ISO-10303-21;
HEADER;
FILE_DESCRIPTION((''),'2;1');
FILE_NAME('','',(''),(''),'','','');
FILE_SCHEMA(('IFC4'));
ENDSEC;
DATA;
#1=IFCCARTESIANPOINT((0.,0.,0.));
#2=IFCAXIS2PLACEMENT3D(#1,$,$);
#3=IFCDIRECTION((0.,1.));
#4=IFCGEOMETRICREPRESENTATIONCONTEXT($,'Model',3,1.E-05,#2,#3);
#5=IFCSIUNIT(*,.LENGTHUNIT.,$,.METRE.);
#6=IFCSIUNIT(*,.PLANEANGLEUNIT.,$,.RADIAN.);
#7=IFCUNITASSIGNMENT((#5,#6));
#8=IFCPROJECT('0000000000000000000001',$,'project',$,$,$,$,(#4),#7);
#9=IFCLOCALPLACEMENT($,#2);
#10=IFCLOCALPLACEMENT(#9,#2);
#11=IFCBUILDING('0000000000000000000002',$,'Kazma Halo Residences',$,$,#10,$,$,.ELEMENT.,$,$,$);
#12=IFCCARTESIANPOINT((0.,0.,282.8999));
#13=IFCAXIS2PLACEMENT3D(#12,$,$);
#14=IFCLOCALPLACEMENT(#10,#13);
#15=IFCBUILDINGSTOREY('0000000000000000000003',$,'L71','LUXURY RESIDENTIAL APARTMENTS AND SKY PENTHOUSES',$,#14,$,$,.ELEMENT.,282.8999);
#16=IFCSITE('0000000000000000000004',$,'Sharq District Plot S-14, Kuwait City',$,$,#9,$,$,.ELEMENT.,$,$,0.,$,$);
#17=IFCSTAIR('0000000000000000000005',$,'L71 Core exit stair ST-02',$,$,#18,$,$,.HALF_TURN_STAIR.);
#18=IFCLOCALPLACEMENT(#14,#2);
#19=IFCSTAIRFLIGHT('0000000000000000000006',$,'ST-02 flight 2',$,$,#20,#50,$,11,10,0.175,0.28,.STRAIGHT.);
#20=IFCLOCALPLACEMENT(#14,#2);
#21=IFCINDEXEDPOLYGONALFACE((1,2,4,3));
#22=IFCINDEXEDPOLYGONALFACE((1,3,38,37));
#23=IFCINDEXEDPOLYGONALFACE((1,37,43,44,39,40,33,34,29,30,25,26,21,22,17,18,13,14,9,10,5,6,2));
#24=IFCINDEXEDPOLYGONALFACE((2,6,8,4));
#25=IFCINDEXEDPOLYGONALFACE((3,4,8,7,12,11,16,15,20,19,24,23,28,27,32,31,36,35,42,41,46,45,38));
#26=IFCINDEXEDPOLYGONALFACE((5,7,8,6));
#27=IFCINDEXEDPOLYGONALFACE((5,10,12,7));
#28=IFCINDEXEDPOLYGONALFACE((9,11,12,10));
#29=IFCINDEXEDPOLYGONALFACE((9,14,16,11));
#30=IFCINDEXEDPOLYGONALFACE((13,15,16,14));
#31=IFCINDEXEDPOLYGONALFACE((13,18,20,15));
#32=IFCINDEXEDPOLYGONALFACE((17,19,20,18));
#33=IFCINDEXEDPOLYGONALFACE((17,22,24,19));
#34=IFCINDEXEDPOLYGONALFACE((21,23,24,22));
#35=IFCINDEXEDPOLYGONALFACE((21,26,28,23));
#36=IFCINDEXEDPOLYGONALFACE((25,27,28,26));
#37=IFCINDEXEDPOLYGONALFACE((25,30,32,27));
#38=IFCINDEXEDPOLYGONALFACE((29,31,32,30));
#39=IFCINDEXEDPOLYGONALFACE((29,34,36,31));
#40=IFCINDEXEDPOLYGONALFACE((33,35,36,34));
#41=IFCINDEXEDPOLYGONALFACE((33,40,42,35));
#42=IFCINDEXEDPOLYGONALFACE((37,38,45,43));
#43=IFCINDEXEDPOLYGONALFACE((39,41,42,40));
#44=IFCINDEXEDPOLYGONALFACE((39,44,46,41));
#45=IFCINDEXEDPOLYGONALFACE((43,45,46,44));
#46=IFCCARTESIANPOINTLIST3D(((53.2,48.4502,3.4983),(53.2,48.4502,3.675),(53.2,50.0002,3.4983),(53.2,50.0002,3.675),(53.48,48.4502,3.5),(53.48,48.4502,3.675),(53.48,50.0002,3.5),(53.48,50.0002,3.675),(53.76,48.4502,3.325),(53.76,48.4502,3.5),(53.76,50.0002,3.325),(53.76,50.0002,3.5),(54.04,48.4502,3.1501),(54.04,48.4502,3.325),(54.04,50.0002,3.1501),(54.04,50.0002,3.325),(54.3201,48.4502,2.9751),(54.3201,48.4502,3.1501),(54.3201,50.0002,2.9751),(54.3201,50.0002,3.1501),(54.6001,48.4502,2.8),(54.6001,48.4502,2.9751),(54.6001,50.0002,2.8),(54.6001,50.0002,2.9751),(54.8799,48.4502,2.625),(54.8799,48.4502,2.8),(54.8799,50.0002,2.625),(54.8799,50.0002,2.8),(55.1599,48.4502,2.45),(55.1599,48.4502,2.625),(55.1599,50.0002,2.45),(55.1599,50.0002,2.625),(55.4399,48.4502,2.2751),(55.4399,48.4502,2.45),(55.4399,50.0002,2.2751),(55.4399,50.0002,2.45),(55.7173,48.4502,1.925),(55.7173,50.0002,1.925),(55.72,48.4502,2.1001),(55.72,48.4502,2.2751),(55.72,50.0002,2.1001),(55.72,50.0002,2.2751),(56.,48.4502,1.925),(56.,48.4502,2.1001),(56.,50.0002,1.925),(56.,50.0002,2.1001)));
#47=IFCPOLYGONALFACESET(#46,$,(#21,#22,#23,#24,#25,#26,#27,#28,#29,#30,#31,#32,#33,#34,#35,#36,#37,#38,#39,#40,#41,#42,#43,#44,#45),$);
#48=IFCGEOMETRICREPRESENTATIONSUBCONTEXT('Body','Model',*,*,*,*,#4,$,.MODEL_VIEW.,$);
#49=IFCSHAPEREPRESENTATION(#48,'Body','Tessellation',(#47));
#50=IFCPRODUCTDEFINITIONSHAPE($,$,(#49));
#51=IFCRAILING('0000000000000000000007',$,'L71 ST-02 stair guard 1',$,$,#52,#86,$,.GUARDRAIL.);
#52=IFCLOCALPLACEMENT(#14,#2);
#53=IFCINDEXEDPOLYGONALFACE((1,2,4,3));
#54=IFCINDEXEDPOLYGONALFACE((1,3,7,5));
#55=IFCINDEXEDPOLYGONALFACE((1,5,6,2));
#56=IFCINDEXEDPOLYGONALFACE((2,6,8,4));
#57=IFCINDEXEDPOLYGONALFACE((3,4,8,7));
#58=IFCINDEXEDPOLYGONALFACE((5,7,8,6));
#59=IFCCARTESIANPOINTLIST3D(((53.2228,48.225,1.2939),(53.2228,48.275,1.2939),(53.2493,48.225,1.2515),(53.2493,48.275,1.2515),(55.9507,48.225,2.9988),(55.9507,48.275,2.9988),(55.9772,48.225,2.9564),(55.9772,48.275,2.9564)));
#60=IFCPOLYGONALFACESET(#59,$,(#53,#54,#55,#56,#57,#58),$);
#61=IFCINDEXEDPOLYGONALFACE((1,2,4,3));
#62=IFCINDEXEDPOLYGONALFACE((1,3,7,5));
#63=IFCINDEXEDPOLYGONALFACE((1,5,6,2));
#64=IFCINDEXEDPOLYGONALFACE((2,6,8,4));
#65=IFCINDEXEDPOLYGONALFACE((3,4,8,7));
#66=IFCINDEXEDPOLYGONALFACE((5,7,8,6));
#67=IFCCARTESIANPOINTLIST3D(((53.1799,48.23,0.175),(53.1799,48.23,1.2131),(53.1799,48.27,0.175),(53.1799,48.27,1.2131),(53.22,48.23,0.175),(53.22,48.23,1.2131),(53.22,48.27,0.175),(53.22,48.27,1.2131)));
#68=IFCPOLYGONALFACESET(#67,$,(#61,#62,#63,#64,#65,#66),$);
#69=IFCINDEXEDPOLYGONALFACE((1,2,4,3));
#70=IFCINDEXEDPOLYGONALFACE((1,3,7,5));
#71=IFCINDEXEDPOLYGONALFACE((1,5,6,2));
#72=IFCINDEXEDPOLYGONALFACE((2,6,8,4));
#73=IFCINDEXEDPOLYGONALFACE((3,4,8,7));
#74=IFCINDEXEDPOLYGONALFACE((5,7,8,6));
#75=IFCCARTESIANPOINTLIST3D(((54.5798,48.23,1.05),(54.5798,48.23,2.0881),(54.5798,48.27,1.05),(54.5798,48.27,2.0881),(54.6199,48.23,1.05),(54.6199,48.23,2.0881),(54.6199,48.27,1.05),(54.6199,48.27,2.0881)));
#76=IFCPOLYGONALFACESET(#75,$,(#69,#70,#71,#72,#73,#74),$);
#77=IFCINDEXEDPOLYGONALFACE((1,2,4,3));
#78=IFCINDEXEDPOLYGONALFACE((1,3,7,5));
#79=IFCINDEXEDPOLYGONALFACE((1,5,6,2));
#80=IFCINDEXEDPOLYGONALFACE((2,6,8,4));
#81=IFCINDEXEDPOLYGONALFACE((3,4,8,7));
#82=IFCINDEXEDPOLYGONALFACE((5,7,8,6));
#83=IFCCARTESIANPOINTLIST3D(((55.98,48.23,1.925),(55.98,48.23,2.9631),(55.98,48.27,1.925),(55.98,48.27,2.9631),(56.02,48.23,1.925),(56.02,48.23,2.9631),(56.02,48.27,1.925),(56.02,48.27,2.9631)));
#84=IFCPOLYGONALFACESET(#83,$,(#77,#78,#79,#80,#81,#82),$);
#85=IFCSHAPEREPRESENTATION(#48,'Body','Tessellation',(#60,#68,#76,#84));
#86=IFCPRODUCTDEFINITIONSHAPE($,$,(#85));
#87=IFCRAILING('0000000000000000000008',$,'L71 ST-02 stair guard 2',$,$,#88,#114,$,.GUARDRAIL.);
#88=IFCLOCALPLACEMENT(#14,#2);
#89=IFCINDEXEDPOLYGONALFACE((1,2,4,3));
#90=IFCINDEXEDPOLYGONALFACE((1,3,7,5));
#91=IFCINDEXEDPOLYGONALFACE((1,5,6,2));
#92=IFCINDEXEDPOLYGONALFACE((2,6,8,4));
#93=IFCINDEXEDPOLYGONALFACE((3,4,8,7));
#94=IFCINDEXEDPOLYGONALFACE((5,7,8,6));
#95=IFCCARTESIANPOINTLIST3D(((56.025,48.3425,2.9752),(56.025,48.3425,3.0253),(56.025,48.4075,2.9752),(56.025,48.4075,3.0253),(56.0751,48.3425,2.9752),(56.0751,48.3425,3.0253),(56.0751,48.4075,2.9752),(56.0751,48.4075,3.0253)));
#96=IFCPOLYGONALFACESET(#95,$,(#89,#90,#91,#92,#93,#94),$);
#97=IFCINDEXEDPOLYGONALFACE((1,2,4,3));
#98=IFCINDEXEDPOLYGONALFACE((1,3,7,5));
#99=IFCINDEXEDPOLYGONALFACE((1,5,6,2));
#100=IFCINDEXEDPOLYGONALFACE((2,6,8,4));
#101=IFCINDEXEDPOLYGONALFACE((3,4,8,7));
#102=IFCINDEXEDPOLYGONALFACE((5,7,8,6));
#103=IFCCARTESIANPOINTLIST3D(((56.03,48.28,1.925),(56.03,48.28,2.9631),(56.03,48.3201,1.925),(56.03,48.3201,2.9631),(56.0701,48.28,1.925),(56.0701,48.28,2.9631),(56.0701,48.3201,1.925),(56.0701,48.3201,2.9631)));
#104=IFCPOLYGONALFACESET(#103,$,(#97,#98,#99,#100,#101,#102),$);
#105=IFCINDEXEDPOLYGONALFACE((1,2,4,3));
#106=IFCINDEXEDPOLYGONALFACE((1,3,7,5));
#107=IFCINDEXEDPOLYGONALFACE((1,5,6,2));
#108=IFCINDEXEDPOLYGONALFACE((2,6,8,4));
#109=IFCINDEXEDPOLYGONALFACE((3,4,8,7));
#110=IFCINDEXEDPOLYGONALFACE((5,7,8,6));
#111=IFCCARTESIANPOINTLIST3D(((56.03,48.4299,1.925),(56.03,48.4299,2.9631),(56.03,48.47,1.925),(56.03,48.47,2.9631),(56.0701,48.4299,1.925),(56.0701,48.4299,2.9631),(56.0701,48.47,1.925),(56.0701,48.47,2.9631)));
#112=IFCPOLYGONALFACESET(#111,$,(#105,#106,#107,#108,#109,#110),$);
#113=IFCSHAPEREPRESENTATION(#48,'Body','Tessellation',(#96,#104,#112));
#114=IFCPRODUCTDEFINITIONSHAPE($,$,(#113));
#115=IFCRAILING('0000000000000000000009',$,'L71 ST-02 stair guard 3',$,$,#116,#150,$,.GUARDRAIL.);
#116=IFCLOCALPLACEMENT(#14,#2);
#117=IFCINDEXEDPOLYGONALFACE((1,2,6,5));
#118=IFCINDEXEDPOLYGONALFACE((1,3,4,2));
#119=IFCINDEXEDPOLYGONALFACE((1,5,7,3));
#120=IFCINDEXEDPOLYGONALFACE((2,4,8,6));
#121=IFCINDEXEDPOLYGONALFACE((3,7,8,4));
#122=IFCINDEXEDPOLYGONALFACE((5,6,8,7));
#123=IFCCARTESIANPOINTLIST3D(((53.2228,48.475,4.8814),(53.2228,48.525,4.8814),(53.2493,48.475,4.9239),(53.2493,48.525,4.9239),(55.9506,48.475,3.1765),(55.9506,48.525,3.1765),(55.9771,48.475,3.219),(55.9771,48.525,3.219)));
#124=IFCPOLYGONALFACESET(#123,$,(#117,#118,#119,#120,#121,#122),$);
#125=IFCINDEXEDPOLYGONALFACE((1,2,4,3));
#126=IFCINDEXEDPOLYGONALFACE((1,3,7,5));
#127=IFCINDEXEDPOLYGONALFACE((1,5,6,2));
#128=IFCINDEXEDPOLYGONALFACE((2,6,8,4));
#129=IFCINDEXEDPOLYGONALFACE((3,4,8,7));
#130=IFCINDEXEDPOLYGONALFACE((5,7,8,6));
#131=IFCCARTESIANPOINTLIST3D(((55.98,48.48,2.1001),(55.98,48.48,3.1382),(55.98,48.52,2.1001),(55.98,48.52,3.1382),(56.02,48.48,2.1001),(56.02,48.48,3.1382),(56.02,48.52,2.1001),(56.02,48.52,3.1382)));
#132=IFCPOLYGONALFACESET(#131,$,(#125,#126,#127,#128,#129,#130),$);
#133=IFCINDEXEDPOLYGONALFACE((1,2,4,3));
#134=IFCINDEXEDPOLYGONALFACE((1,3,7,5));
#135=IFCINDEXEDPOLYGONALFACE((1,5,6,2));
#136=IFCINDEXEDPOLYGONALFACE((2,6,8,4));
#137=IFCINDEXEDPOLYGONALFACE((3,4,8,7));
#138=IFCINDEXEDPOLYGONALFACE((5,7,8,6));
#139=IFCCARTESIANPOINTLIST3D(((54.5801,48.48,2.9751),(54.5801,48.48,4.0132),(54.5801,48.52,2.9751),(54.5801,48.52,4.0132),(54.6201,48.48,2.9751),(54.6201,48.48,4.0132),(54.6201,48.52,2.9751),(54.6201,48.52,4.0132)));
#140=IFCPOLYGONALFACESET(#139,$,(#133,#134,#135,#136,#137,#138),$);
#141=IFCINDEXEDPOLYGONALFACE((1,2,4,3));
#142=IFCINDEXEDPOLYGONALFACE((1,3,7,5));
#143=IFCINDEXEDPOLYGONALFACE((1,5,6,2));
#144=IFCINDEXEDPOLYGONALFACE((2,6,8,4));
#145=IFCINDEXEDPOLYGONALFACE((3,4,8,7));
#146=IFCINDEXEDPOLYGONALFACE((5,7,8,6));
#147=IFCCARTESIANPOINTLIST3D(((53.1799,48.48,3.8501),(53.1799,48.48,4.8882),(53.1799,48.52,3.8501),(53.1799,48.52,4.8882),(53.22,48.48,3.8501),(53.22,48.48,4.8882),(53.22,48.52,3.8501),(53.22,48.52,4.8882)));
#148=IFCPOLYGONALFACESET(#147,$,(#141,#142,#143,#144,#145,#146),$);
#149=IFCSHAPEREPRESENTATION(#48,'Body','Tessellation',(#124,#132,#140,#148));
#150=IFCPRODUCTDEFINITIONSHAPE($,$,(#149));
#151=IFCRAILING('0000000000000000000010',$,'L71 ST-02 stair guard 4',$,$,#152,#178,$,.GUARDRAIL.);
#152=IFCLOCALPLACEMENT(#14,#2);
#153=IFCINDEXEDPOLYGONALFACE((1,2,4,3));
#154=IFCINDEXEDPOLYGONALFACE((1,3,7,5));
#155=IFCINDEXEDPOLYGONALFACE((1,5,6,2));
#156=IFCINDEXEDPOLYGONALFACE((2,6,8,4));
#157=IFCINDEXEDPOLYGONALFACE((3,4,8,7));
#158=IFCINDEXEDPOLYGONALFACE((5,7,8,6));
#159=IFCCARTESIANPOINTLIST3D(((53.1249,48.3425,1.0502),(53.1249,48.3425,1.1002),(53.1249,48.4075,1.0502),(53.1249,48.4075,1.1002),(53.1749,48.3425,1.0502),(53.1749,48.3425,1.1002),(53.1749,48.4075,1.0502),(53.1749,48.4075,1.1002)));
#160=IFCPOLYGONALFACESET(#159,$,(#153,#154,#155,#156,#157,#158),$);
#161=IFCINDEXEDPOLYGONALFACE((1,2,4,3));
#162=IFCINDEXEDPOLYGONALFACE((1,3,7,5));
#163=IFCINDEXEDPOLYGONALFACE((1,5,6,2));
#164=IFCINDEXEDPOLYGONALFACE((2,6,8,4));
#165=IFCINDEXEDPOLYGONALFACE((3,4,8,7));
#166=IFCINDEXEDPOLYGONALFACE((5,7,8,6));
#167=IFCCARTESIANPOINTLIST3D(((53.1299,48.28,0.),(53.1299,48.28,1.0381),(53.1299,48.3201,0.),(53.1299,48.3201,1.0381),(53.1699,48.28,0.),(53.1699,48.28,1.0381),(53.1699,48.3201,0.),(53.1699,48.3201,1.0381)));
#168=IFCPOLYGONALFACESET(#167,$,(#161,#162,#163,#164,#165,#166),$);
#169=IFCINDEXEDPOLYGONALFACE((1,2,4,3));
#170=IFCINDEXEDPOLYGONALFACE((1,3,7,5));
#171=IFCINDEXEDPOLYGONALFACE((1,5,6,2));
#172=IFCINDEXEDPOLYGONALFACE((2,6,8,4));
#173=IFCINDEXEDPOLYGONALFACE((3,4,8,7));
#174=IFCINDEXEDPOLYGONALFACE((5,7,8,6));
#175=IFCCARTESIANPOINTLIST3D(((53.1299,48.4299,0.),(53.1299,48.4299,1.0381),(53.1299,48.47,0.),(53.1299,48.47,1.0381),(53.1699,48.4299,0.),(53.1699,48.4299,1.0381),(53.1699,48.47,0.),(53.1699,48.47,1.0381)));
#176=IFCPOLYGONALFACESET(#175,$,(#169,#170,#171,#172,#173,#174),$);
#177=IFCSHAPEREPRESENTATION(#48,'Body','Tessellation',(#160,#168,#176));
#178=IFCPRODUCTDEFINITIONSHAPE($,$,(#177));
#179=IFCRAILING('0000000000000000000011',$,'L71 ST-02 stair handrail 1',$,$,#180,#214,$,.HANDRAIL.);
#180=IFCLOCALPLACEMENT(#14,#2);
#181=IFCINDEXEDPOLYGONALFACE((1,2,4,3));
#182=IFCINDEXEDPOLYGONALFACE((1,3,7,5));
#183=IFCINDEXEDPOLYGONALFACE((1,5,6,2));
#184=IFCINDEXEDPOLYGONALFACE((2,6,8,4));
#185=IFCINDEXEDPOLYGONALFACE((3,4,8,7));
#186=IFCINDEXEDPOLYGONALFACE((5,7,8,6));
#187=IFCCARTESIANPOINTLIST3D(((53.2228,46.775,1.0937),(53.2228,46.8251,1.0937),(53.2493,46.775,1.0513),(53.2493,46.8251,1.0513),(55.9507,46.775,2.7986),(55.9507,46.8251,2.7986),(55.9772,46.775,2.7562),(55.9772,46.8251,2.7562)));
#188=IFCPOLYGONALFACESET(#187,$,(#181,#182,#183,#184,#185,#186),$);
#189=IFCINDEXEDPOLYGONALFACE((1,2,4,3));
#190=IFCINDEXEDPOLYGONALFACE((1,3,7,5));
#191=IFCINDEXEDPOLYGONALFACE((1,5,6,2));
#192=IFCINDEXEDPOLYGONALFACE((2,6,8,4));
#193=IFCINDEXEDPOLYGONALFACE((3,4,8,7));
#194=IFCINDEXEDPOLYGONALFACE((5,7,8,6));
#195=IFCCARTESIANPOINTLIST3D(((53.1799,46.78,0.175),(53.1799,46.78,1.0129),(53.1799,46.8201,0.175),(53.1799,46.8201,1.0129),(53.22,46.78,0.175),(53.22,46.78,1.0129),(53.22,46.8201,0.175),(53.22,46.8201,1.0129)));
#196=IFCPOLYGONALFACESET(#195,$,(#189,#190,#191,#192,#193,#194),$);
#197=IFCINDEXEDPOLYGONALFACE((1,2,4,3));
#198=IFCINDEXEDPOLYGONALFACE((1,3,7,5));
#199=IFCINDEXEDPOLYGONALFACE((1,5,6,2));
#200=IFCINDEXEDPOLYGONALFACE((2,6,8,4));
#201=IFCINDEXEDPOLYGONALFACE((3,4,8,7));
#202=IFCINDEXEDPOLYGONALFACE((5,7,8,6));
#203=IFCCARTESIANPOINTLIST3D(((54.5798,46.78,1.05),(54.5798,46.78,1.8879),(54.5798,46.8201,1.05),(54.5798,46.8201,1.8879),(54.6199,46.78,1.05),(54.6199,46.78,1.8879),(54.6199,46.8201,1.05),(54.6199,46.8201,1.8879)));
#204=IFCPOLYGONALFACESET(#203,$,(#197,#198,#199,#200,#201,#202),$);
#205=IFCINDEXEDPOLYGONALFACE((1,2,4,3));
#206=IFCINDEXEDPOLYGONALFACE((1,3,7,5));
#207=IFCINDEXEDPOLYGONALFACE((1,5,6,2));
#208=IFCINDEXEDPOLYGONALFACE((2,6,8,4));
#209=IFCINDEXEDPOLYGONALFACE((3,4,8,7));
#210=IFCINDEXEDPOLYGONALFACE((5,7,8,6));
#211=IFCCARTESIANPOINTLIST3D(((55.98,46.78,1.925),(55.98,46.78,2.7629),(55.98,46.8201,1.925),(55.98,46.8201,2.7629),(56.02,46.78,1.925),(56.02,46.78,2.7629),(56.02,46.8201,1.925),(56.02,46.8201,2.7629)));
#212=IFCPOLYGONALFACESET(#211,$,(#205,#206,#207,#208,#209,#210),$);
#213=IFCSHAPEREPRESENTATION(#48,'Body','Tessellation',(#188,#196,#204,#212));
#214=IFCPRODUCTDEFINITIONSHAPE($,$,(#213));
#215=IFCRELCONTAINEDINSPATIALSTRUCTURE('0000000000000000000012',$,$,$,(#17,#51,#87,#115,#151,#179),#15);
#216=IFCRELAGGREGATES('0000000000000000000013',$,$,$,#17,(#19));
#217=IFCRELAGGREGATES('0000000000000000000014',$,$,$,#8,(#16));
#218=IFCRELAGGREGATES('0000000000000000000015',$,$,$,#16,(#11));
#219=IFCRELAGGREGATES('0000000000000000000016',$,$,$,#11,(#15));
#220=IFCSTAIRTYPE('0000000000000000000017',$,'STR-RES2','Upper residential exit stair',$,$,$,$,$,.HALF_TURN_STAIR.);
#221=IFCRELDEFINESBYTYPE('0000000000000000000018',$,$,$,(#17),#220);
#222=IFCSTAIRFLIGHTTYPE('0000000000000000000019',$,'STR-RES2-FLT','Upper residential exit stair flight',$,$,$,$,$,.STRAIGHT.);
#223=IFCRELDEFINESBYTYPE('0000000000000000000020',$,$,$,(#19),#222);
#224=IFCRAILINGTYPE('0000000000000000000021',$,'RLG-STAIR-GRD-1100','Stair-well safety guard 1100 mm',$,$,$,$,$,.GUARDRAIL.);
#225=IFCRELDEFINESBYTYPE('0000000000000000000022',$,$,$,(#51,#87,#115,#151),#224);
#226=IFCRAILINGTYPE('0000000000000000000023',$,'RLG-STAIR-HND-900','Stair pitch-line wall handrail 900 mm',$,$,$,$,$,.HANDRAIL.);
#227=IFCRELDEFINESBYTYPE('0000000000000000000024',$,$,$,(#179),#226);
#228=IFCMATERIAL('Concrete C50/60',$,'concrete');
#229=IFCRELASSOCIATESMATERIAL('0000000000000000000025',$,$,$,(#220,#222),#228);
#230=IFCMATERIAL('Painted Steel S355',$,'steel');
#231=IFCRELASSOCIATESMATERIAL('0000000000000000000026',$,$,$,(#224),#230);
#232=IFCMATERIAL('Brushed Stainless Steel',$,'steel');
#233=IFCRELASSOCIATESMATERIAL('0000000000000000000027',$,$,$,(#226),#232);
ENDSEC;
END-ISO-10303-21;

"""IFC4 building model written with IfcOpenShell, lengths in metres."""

from ifc_helpers import new_model, si_unit, direction, frame, origin, origin_2d, place, context, subcontext, project, spatial, polyline, rectangle, outline, extrude, material, type_object, element, aggregate, save


model = new_model("IFC4")

# Units and contexts
model_context = context("Model", 3, precision=1e-05, world=origin(), true_north=direction((0.0, 1.0)))
body_context = subcontext(model_context, "Body", "Model", "MODEL_VIEW")
ifc_project = project(units=[si_unit("LENGTHUNIT", "METRE"), si_unit("PLANEANGLEUNIT", "RADIAN")], contexts=[model_context])

# Site, building, storey
site_placement = place(None, origin())
site = spatial("IfcSite", under=ifc_project, at=site_placement, Name="Sharq District Plot S-14, Kuwait City", CompositionType="ELEMENT", RefElevation=0.0)
building_placement = place(site_placement, origin())
building = spatial("IfcBuilding", under=site, at=building_placement, Name="Kazma Halo Residences", CompositionType="ELEMENT")
storey_placement = place(building_placement, frame((0.0, 0.0, 282.8999)))
storey = spatial("IfcBuildingStorey", under=building, at=storey_placement, Name="L71", Description="LUXURY RESIDENTIAL APARTMENTS AND SKY PENTHOUSES", CompositionType="ELEMENT", Elevation=282.8999)

# Shared definitions
ifc_material_1 = material(Name="Concrete C50/60", Category="concrete")

# Stair, stair flight
stair_type = type_object("IfcStairType", Name="STR-RES2", Description="Upper residential exit stair", PredefinedType="HALF_TURN_STAIR", material=ifc_material_1)
stair_placement = place(storey_placement, origin())
stair = element("IfcStair", 1, at=stair_placement, inside=storey, type_object=stair_type, Name="L71 Core exit stair ST-02", PredefinedType="HALF_TURN_STAIR")
stair_flight_type = type_object("IfcStairFlightType", Name="STR-RES2-FLT", Description="Upper residential exit stair flight", PredefinedType="STRAIGHT", material=ifc_material_1)
stair_flight_1_placement = place(storey_placement, frame((56.0, 49.2251, 1.925), z_axis=(0.0, 0.0, 1.0), x_axis=(-1.0, 0.0, 0.0)))
stair_flight_1 = element("IfcStairFlight", 2, at=stair_flight_1_placement, type_object=stair_flight_type, Name="ST-02 flight 2", NumberOfRisers=11, NumberOfTreads=10, PredefinedType="STRAIGHT", RiserHeight=0.175, TreadLength=0.28, context=body_context, shape_type="SweptSolid", body=[
    extrude(outline(polyline([(0.0, 0.0), (0.0, 0.175), (0.28, 0.175), (0.28, 0.3501), (0.5601, 0.3501), (0.5601, 0.5249), (0.8401, 0.5249), (0.8401, 0.7), (1.1201, 0.7), (1.1201, 0.875), (1.3999, 0.875), (1.3999, 1.05), (1.6799, 1.05), (1.6799, 1.2251), (1.96, 1.2251), (1.96, 1.3999), (2.24, 1.3999), (2.24, 1.575), (2.52, 1.575), (2.52, 1.75), (2.8, 1.75), (2.8, 1.925), (2.8, 1.5732), (0.2827, 0.0), (0.0, 0.0)])), frame((0.0, 0.7749, 0.0), z_axis=(0.0, -1.0, 0.0), x_axis=(1.0, 0.0, 0.0)), (0.0, 0.0, 1.0), 1.55),
])
aggregate(stair, [stair_flight_1])

# Railings
ifc_material_2 = material(Name="Painted Steel S355", Category="steel")
railing_type_1 = type_object("IfcRailingType", Name="RLG-STAIR-GRD-1100", Description="Stair-well safety guard 1100 mm", PredefinedType="GUARDRAIL", material=ifc_material_2)
railing_1_placement = place(storey_placement, frame((53.2, 48.25, 0.175)))
element("IfcRailing", 3, at=railing_1_placement, inside=storey, type_object=railing_type_1, Name="L71 ST-02 stair guard 1", PredefinedType="GUARDRAIL", context=body_context, shape_type="SweptSolid", body=[
    extrude(rectangle(XDim=0.05, YDim=0.05, at=origin_2d()), frame((0.0361, 0.0, 1.0977), z_axis=(0.848002, 0.0, 0.529992), x_axis=(0.0, 1.0, 0.0)), (0.0, 0.0, 1.0), 3.2168),
    extrude(rectangle(XDim=0.04, YDim=0.04, at=origin_2d()), origin(), (0.0, 0.0, 1.0), 1.0381),
    extrude(rectangle(XDim=0.04, YDim=0.04, at=origin_2d()), frame((1.3999, 0.0, 0.875)), (0.0, 0.0, 1.0), 1.0381),
    extrude(rectangle(XDim=0.04, YDim=0.04, at=origin_2d()), frame((2.8, 0.0, 1.75)), (0.0, 0.0, 1.0), 1.0381),
])
railing_2_placement = place(storey_placement, frame((56.05, 48.3, 1.925)))
element("IfcRailing", 4, at=railing_2_placement, inside=storey, type_object=railing_type_1, Name="L71 ST-02 stair guard 2", PredefinedType="GUARDRAIL", context=body_context, shape_type="SweptSolid", body=[
    extrude(rectangle(XDim=0.05, YDim=0.05, at=origin_2d()), frame((0.0, 0.0425, 1.0752), z_axis=(0.0, 1.0, 0.0), x_axis=(-1.0, 0.0, 0.0)), (0.0, 0.0, 1.0), 0.0649),
    extrude(rectangle(XDim=0.04, YDim=0.04, at=origin_2d()), origin(), (0.0, 0.0, 1.0), 1.0381),
    extrude(rectangle(XDim=0.04, YDim=0.04, at=origin_2d()), frame((0.0, 0.1499, 0.0)), (0.0, 0.0, 1.0), 1.0381),
])
railing_3_placement = place(storey_placement, frame((56.0, 48.5, 2.1001)))
element("IfcRailing", 5, at=railing_3_placement, inside=storey, type_object=railing_type_1, Name="L71 ST-02 stair guard 3", PredefinedType="GUARDRAIL", context=body_context, shape_type="SweptSolid", body=[
    extrude(rectangle(XDim=0.05, YDim=0.05, at=origin_2d()), frame((-0.0361, 0.0, 1.0977), z_axis=(-0.848002, 0.0, 0.529992), x_axis=(0.0, -1.0, 0.0)), (0.0, 0.0, 1.0), 3.2168),
    extrude(rectangle(XDim=0.04, YDim=0.04, at=origin_2d()), origin(), (0.0, 0.0, 1.0), 1.0381),
    extrude(rectangle(XDim=0.04, YDim=0.04, at=origin_2d()), frame((-1.3999, 0.0, 0.875)), (0.0, 0.0, 1.0), 1.0381),
    extrude(rectangle(XDim=0.04, YDim=0.04, at=origin_2d()), frame((-2.8, 0.0, 1.75)), (0.0, 0.0, 1.0), 1.0381),
])
railing_4_placement = place(storey_placement, frame((53.1499, 48.3, 0.0)))
element("IfcRailing", 6, at=railing_4_placement, inside=storey, type_object=railing_type_1, Name="L71 ST-02 stair guard 4", PredefinedType="GUARDRAIL", context=body_context, shape_type="SweptSolid", body=[
    extrude(rectangle(XDim=0.05, YDim=0.05, at=origin_2d()), frame((0.0, 0.0425, 1.0752), z_axis=(0.0, 1.0, 0.0), x_axis=(-1.0, 0.0, 0.0)), (0.0, 0.0, 1.0), 0.0649),
    extrude(rectangle(XDim=0.04, YDim=0.04, at=origin_2d()), origin(), (0.0, 0.0, 1.0), 1.0381),
    extrude(rectangle(XDim=0.04, YDim=0.04, at=origin_2d()), frame((0.0, 0.1499, 0.0)), (0.0, 0.0, 1.0), 1.0381),
])
ifc_material_3 = material(Name="Brushed Stainless Steel", Category="steel")
railing_type_2 = type_object("IfcRailingType", Name="RLG-STAIR-HND-900", Description="Stair pitch-line wall handrail 900 mm", PredefinedType="HANDRAIL", material=ifc_material_3)
railing_5_placement = place(storey_placement, frame((53.2, 46.8, 0.175)))
element("IfcRailing", 7, at=railing_5_placement, inside=storey, type_object=railing_type_2, Name="L71 ST-02 stair handrail 1", PredefinedType="HANDRAIL", context=body_context, shape_type="SweptSolid", body=[
    extrude(rectangle(XDim=0.05, YDim=0.05, at=origin_2d()), frame((0.0361, 0.0, 0.8975), z_axis=(0.848002, 0.0, 0.529992), x_axis=(0.0, 1.0, 0.0)), (0.0, 0.0, 1.0), 3.2168),
    extrude(rectangle(XDim=0.04, YDim=0.04, at=origin_2d()), origin(), (0.0, 0.0, 1.0), 0.8379),
    extrude(rectangle(XDim=0.04, YDim=0.04, at=origin_2d()), frame((1.3999, 0.0, 0.875)), (0.0, 0.0, 1.0), 0.8379),
    extrude(rectangle(XDim=0.04, YDim=0.04, at=origin_2d()), frame((2.8, 0.0, 1.75)), (0.0, 0.0, 1.0), 0.8379),
])

save(model, "model.ifc")
